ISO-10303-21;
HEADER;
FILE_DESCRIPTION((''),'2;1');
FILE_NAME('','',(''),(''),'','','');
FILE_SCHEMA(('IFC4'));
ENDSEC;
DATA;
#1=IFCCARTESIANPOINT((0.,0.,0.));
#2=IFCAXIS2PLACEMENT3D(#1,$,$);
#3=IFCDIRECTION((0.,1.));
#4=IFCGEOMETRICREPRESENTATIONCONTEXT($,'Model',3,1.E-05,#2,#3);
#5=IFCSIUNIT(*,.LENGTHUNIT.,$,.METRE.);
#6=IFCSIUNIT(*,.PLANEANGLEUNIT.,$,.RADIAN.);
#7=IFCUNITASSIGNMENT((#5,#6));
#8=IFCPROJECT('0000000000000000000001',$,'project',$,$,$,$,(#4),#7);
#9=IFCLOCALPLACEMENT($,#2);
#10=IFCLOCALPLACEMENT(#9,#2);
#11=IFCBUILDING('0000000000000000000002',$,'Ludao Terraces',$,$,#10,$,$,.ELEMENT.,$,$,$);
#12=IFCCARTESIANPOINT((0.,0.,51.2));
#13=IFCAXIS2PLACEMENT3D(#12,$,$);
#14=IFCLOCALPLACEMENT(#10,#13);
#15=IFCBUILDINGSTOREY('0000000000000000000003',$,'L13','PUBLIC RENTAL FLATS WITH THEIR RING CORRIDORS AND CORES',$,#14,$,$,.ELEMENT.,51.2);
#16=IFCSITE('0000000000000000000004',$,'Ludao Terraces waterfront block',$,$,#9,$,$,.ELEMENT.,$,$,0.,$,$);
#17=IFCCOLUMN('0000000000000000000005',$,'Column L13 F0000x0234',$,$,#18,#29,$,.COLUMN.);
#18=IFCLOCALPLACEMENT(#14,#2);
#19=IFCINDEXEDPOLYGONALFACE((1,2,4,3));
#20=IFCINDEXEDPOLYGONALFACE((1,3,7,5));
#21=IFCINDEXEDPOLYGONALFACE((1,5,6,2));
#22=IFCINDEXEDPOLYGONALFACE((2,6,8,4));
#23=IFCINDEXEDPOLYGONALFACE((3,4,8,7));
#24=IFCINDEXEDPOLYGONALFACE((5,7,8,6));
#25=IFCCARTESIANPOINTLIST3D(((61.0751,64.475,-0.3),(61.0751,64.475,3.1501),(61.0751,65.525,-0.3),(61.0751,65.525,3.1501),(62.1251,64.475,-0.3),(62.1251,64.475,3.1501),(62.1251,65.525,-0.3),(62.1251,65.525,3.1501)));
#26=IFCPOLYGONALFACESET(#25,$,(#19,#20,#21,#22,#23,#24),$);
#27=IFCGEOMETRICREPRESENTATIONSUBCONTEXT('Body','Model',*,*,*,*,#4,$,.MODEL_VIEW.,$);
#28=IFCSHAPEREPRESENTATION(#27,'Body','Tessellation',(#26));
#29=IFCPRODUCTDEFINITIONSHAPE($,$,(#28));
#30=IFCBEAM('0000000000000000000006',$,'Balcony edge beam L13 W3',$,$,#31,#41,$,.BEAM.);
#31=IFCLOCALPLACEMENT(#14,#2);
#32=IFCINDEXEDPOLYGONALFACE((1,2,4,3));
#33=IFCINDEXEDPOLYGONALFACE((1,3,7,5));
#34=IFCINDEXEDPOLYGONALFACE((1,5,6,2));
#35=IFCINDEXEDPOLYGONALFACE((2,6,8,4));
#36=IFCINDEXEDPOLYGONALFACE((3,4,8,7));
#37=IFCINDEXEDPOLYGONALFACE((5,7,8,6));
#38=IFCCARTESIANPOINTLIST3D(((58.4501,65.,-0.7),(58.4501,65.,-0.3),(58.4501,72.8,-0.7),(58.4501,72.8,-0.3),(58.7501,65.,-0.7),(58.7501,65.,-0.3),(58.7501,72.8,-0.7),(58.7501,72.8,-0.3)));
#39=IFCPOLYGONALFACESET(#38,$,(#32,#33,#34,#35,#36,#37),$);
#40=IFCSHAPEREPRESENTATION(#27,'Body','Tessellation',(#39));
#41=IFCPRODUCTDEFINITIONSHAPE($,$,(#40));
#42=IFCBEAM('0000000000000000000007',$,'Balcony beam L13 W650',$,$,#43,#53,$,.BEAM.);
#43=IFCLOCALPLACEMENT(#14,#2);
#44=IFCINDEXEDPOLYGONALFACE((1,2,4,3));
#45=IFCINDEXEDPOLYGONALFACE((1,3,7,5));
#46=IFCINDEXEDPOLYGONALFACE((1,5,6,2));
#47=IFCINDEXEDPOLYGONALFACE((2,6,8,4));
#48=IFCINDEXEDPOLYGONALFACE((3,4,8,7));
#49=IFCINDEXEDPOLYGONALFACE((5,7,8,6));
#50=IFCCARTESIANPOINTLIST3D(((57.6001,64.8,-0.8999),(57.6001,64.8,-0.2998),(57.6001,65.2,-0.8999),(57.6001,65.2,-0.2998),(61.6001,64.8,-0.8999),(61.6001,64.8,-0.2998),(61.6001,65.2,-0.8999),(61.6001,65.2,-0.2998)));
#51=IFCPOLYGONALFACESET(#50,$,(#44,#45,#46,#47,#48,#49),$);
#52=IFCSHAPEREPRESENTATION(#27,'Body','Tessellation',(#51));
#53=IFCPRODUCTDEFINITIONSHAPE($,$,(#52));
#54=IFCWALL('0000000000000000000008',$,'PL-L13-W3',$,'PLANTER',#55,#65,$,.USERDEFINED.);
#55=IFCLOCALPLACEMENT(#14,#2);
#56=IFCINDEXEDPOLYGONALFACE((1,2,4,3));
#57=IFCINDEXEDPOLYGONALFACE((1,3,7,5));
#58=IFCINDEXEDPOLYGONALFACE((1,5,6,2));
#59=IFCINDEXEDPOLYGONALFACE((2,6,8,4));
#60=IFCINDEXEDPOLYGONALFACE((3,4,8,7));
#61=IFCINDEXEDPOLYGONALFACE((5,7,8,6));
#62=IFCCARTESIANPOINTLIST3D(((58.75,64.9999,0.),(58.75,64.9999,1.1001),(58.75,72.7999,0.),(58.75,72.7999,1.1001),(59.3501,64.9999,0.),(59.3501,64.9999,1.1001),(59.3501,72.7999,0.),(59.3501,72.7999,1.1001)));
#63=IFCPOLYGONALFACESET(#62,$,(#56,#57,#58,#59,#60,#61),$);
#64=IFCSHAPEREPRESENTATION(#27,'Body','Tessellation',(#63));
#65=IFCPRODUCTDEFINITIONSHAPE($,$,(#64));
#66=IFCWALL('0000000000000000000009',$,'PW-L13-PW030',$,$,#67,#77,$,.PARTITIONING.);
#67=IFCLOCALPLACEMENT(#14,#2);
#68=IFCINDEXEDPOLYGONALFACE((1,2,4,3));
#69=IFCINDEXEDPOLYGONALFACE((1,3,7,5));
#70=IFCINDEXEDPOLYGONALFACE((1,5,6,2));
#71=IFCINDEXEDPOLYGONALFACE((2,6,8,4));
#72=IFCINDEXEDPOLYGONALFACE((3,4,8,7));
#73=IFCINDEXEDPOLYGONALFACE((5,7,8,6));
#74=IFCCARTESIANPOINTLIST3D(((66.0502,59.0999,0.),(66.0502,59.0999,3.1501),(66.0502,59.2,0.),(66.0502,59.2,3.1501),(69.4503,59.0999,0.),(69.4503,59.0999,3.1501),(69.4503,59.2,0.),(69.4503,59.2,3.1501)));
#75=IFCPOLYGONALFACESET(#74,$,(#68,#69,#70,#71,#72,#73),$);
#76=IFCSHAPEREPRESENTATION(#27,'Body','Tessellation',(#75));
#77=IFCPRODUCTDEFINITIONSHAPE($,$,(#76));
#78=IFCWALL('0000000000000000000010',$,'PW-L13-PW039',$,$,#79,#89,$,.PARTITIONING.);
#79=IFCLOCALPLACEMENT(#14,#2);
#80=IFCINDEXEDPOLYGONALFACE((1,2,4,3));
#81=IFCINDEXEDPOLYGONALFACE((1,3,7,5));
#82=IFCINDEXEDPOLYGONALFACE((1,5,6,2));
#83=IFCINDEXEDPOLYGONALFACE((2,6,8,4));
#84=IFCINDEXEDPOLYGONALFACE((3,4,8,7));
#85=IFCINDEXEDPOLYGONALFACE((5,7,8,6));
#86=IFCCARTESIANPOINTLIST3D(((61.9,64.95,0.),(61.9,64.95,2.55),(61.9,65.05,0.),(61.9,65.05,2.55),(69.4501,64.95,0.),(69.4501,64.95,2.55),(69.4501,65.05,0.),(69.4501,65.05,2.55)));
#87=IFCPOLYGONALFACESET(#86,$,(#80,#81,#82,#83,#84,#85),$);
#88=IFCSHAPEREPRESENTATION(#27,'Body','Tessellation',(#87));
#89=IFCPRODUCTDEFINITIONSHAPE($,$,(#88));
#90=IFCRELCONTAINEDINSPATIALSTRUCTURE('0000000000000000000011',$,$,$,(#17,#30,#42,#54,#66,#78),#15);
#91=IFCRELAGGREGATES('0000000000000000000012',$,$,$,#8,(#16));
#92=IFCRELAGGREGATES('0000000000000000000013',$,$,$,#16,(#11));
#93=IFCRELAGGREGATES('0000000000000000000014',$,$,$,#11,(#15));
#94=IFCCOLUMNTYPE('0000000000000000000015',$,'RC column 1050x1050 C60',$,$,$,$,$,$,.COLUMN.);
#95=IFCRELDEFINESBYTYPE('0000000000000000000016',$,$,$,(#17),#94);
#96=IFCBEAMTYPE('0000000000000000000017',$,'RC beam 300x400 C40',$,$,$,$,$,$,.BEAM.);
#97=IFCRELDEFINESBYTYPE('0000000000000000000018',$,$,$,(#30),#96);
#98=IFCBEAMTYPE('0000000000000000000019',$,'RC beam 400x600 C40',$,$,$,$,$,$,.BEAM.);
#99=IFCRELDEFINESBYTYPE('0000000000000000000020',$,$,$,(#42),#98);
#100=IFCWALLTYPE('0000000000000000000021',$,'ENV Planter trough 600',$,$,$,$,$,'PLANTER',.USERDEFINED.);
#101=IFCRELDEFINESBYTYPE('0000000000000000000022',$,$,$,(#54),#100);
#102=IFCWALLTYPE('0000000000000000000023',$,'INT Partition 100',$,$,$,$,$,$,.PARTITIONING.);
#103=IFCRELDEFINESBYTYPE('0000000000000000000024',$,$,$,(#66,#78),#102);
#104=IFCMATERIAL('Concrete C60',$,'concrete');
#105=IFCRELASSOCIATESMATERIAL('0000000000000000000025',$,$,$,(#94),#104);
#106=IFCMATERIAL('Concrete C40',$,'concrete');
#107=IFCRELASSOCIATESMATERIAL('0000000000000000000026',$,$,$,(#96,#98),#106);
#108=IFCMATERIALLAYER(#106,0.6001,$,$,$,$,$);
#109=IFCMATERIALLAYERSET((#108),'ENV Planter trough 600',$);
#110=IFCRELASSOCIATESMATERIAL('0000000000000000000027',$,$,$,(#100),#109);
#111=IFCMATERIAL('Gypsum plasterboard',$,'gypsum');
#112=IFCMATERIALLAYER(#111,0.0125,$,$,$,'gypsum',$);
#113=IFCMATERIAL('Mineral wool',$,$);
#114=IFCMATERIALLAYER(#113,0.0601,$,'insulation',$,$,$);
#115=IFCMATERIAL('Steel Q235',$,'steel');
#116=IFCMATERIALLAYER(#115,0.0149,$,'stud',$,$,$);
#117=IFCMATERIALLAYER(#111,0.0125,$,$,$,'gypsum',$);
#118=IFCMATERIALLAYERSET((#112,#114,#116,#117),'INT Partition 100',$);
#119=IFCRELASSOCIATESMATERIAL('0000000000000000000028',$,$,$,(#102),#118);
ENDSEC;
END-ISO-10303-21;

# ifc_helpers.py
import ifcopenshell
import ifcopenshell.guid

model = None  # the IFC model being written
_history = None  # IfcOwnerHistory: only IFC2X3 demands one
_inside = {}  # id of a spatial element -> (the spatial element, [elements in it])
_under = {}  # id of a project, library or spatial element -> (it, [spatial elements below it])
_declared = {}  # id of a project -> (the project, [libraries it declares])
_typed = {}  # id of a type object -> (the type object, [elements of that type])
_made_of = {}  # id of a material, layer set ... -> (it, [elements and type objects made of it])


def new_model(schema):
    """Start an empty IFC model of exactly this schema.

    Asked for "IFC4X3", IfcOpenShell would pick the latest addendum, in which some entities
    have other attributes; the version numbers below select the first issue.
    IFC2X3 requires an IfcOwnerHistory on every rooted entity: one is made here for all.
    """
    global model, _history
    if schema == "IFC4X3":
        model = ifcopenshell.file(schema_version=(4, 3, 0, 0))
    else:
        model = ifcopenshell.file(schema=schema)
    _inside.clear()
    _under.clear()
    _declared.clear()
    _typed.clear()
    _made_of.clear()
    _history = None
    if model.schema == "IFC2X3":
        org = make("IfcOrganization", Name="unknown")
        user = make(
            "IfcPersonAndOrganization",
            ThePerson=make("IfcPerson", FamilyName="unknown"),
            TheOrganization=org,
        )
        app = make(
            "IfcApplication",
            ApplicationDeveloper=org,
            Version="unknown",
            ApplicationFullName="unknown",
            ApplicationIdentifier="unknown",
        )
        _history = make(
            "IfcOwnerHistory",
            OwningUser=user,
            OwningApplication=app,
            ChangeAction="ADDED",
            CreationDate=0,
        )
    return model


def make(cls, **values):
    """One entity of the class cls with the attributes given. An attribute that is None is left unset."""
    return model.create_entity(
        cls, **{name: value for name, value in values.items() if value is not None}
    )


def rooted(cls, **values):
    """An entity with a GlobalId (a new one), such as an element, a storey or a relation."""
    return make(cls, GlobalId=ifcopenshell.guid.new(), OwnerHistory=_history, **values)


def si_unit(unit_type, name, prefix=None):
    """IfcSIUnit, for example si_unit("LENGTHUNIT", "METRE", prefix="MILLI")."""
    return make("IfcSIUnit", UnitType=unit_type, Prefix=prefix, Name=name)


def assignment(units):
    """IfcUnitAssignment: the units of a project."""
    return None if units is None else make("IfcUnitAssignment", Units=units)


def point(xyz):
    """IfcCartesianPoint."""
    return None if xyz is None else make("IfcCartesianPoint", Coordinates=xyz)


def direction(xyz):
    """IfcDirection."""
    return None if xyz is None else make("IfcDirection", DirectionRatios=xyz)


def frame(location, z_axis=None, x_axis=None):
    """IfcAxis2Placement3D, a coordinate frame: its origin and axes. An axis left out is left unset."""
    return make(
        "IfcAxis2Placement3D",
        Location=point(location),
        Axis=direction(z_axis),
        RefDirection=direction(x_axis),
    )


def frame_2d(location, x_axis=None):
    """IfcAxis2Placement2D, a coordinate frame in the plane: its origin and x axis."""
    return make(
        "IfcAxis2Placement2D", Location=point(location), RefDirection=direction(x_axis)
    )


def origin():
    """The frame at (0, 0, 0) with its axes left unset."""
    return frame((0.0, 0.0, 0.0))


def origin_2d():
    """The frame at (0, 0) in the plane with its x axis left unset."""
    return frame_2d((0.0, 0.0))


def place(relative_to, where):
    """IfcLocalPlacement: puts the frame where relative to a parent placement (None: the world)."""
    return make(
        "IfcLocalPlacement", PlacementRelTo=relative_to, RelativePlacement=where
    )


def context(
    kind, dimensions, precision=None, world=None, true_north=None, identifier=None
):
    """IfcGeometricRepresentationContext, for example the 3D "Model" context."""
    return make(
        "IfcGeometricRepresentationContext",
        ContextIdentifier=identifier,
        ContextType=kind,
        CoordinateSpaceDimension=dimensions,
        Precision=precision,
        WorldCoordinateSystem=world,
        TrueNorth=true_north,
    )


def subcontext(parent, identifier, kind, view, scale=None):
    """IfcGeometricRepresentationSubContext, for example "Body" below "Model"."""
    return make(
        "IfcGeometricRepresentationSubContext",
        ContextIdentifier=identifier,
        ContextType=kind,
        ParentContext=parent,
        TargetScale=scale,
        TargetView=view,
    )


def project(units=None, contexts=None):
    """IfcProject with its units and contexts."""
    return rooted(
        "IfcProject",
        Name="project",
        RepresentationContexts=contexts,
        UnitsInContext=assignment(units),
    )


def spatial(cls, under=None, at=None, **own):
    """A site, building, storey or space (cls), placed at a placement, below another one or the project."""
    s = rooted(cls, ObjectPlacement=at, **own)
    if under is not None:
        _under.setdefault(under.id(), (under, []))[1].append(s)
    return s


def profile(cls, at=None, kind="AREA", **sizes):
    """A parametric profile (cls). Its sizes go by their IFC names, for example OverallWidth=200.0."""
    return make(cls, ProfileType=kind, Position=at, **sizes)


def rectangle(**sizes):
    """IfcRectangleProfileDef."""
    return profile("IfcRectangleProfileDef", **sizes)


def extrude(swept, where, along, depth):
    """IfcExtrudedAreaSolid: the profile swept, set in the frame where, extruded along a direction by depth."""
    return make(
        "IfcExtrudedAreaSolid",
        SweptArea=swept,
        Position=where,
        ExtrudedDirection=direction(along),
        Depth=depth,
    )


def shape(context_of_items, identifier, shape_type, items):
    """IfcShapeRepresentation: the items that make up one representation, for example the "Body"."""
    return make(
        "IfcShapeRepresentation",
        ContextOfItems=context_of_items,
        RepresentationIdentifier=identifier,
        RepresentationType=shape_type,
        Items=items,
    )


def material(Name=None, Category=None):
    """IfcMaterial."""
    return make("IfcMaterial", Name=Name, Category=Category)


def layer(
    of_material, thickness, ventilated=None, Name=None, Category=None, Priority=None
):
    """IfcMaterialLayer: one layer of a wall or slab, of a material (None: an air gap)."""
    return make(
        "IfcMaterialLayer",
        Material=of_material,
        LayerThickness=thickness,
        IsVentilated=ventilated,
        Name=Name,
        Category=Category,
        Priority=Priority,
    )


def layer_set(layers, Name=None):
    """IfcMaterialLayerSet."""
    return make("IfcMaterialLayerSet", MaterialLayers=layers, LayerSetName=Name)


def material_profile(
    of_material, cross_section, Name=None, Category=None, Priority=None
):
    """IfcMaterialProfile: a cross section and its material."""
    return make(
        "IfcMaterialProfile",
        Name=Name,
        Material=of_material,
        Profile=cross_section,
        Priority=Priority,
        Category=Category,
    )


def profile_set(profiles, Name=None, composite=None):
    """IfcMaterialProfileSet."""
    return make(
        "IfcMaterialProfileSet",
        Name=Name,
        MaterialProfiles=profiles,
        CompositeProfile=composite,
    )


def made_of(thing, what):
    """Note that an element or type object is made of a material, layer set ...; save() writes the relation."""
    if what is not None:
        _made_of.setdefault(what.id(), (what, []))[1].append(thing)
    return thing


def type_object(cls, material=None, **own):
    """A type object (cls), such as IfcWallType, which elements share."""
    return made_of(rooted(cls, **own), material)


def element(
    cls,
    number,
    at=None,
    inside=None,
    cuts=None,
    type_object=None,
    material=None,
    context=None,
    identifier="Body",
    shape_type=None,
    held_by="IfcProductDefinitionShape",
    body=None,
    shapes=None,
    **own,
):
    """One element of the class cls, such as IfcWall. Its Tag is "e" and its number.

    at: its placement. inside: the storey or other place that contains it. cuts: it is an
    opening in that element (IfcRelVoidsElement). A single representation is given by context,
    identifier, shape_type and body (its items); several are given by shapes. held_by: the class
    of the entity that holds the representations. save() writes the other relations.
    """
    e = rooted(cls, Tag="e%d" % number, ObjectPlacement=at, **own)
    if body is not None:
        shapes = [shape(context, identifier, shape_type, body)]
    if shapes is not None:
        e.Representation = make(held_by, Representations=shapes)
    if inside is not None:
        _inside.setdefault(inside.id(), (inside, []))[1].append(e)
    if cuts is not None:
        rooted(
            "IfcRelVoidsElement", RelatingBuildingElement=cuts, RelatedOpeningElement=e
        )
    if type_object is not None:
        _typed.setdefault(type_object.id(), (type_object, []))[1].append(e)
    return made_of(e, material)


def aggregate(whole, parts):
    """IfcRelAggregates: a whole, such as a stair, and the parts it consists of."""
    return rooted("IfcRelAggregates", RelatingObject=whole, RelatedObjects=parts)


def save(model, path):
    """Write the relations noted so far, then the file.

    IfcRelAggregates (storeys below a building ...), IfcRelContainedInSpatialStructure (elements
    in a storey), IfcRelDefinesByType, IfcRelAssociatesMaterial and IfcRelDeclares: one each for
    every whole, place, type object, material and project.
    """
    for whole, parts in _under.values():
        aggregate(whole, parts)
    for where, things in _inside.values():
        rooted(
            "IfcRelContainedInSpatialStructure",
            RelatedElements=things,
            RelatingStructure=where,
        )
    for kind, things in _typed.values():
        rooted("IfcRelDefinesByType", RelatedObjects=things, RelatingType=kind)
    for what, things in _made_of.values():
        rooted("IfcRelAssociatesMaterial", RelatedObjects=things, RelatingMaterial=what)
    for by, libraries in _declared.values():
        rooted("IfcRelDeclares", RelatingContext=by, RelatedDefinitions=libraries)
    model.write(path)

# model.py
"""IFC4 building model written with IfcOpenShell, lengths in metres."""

from ifc_helpers import new_model, si_unit, direction, frame, frame_2d, origin, origin_2d, place, context, subcontext, project, spatial, rectangle, extrude, material, layer, layer_set, material_profile, profile_set, type_object, element, save


model = new_model("IFC4")

# Units and contexts
model_context = context("Model", 3, precision=1e-05, world=origin(), true_north=direction((0.0, 1.0)))
body_context = subcontext(model_context, "Body", "Model", "MODEL_VIEW")
ifc_project = project(units=[si_unit("LENGTHUNIT", "METRE"), si_unit("PLANEANGLEUNIT", "RADIAN")], contexts=[model_context])

# Site, building, storey
site_placement = place(None, origin())
site = spatial("IfcSite", under=ifc_project, at=site_placement, Name="Ludao Terraces waterfront block", CompositionType="ELEMENT", RefElevation=0.0)
building_placement = place(site_placement, origin())
building = spatial("IfcBuilding", under=site, at=building_placement, Name="Ludao Terraces", CompositionType="ELEMENT")
storey_placement = place(building_placement, frame((0.0, 0.0, 51.2)))
storey = spatial("IfcBuildingStorey", under=building, at=storey_placement, Name="L13", Description="PUBLIC RENTAL FLATS WITH THEIR RING CORRIDORS AND CORES", CompositionType="ELEMENT", Elevation=51.2)

# Column
ifc_material_1 = material(Name="Concrete C60", Category="concrete")
ifc_material_profile_1 = material_profile(ifc_material_1, rectangle(XDim=1.05, YDim=1.05, at=origin_2d()), Name="1050 X 1050")
ifc_profile_set_1 = profile_set([ifc_material_profile_1], Name="Concrete C60")
column_type = type_object("IfcColumnType", Name="RC column 1050x1050 C60", PredefinedType="COLUMN", material=ifc_profile_set_1)
column_placement = place(storey_placement, frame((61.6001, 65.0, -0.3), z_axis=(0.0, 0.0, 1.0), x_axis=(1.0, 0.0, 0.0)))
element("IfcColumn", 1, at=column_placement, inside=storey, type_object=column_type, Name="Column L13 F0000x0234", PredefinedType="COLUMN", context=body_context, shape_type="SweptSolid", body=[
    extrude(rectangle(XDim=1.05, YDim=1.05, at=origin_2d()), origin(), (0.0, 0.0, 1.0), 3.4502),
])

# Beams
ifc_material_2 = material(Name="Concrete C40", Category="concrete")
ifc_material_profile_2 = material_profile(ifc_material_2, rectangle(XDim=0.3, YDim=0.3999, at=origin_2d()), Name="300 X 400")
ifc_profile_set_2 = profile_set([ifc_material_profile_2], Name="Concrete C40")
beam_type_1 = type_object("IfcBeamType", Name="RC beam 300x400 C40", PredefinedType="BEAM", material=ifc_profile_set_2)
beam_1_placement = place(storey_placement, frame((58.6001, 65.0, -0.5), z_axis=(0.0, 1.0, 0.0), x_axis=(-1.0, 0.0, 0.0)))
element("IfcBeam", 2, at=beam_1_placement, inside=storey, type_object=beam_type_1, Name="Balcony edge beam L13 W3", PredefinedType="BEAM", context=body_context, shape_type="SweptSolid", body=[
    extrude(rectangle(XDim=0.3, YDim=0.3999, at=origin_2d()), origin(), (0.0, 0.0, 1.0), 7.8),
])
ifc_material_profile_3 = material_profile(ifc_material_2, rectangle(XDim=0.3999, YDim=0.6001, at=origin_2d()), Name="400 X 600")
ifc_profile_set_3 = profile_set([ifc_material_profile_3], Name="Concrete C40")
beam_type_2 = type_object("IfcBeamType", Name="RC beam 400x600 C40", PredefinedType="BEAM", material=ifc_profile_set_3)
beam_2_placement = place(storey_placement, frame((61.6001, 65.0, -0.5999), z_axis=(-1.0, 0.0, 0.0), x_axis=(0.0, -1.0, 0.0)))
element("IfcBeam", 3, at=beam_2_placement, inside=storey, type_object=beam_type_2, Name="Balcony beam L13 W650", PredefinedType="BEAM", context=body_context, shape_type="SweptSolid", body=[
    extrude(rectangle(XDim=0.3999, YDim=0.6001, at=origin_2d()), origin(), (0.0, 0.0, 1.0), 4.0),
])

# Wall
ifc_layer_1 = layer(ifc_material_2, 0.6001)
ifc_layer_set_1 = layer_set([ifc_layer_1], Name="ENV Planter trough 600")
wall_type_1 = type_object("IfcWallType", Name="ENV Planter trough 600", ElementType="PLANTER", PredefinedType="USERDEFINED", material=ifc_layer_set_1)
wall_1_placement = place(storey_placement, frame((59.05, 65.0, 0.0), z_axis=(0.0, 0.0, 1.0), x_axis=(0.0, 1.0, 0.0)))
element("IfcWall", 4, at=wall_1_placement, inside=storey, type_object=wall_type_1, Name="PL-L13-W3", ObjectType="PLANTER", PredefinedType="USERDEFINED", context=body_context, shape_type="SweptSolid", body=[
    extrude(rectangle(XDim=7.8, YDim=0.6001, at=frame_2d((3.8999, 0.0))), origin(), (0.0, 0.0, 1.0), 1.1001),
])

# Shared definitions
ifc_material_3 = material(Name="Mineral wool")

# Walls
ifc_material_4 = material(Name="Gypsum plasterboard", Category="gypsum")
ifc_layer_2 = layer(ifc_material_4, 0.0125, Category="gypsum")
ifc_layer_3 = layer(ifc_material_3, 0.0601, Name="insulation")
ifc_material_5 = material(Name="Steel Q235", Category="steel")
ifc_layer_4 = layer(ifc_material_5, 0.0149, Name="stud")
ifc_layer_5 = layer(ifc_material_4, 0.0125, Category="gypsum")
ifc_layer_set_2 = layer_set([ifc_layer_2, ifc_layer_3, ifc_layer_4, ifc_layer_5], Name="INT Partition 100")
wall_type_2 = type_object("IfcWallType", Name="INT Partition 100", PredefinedType="PARTITIONING", material=ifc_layer_set_2)
wall_2_placement = place(storey_placement, frame((66.05, 59.1499, 0.0), z_axis=(0.0, 0.0, 1.0), x_axis=(1.0, 0.0, 0.0)))
element("IfcWall", 5, at=wall_2_placement, inside=storey, type_object=wall_type_2, Name="PW-L13-PW030", PredefinedType="PARTITIONING", context=body_context, shape_type="SweptSolid", body=[
    extrude(rectangle(XDim=3.4001, YDim=0.1001, at=frame_2d((1.7002, 0.0))), origin(), (0.0, 0.0, 1.0), 3.1501),
])
wall_3_placement = place(storey_placement, frame((61.9001, 65.0, 0.0), z_axis=(0.0, 0.0, 1.0), x_axis=(1.0, 0.0, 0.0)))
element("IfcWall", 6, at=wall_3_placement, inside=storey, type_object=wall_type_2, Name="PW-L13-PW039", PredefinedType="PARTITIONING", context=body_context, shape_type="SweptSolid", body=[
    extrude(rectangle(XDim=7.55, YDim=0.1001, at=frame_2d((3.7749, 0.0))), origin(), (0.0, 0.0, 1.0), 2.55),
])

save(model, "model.ifc")
